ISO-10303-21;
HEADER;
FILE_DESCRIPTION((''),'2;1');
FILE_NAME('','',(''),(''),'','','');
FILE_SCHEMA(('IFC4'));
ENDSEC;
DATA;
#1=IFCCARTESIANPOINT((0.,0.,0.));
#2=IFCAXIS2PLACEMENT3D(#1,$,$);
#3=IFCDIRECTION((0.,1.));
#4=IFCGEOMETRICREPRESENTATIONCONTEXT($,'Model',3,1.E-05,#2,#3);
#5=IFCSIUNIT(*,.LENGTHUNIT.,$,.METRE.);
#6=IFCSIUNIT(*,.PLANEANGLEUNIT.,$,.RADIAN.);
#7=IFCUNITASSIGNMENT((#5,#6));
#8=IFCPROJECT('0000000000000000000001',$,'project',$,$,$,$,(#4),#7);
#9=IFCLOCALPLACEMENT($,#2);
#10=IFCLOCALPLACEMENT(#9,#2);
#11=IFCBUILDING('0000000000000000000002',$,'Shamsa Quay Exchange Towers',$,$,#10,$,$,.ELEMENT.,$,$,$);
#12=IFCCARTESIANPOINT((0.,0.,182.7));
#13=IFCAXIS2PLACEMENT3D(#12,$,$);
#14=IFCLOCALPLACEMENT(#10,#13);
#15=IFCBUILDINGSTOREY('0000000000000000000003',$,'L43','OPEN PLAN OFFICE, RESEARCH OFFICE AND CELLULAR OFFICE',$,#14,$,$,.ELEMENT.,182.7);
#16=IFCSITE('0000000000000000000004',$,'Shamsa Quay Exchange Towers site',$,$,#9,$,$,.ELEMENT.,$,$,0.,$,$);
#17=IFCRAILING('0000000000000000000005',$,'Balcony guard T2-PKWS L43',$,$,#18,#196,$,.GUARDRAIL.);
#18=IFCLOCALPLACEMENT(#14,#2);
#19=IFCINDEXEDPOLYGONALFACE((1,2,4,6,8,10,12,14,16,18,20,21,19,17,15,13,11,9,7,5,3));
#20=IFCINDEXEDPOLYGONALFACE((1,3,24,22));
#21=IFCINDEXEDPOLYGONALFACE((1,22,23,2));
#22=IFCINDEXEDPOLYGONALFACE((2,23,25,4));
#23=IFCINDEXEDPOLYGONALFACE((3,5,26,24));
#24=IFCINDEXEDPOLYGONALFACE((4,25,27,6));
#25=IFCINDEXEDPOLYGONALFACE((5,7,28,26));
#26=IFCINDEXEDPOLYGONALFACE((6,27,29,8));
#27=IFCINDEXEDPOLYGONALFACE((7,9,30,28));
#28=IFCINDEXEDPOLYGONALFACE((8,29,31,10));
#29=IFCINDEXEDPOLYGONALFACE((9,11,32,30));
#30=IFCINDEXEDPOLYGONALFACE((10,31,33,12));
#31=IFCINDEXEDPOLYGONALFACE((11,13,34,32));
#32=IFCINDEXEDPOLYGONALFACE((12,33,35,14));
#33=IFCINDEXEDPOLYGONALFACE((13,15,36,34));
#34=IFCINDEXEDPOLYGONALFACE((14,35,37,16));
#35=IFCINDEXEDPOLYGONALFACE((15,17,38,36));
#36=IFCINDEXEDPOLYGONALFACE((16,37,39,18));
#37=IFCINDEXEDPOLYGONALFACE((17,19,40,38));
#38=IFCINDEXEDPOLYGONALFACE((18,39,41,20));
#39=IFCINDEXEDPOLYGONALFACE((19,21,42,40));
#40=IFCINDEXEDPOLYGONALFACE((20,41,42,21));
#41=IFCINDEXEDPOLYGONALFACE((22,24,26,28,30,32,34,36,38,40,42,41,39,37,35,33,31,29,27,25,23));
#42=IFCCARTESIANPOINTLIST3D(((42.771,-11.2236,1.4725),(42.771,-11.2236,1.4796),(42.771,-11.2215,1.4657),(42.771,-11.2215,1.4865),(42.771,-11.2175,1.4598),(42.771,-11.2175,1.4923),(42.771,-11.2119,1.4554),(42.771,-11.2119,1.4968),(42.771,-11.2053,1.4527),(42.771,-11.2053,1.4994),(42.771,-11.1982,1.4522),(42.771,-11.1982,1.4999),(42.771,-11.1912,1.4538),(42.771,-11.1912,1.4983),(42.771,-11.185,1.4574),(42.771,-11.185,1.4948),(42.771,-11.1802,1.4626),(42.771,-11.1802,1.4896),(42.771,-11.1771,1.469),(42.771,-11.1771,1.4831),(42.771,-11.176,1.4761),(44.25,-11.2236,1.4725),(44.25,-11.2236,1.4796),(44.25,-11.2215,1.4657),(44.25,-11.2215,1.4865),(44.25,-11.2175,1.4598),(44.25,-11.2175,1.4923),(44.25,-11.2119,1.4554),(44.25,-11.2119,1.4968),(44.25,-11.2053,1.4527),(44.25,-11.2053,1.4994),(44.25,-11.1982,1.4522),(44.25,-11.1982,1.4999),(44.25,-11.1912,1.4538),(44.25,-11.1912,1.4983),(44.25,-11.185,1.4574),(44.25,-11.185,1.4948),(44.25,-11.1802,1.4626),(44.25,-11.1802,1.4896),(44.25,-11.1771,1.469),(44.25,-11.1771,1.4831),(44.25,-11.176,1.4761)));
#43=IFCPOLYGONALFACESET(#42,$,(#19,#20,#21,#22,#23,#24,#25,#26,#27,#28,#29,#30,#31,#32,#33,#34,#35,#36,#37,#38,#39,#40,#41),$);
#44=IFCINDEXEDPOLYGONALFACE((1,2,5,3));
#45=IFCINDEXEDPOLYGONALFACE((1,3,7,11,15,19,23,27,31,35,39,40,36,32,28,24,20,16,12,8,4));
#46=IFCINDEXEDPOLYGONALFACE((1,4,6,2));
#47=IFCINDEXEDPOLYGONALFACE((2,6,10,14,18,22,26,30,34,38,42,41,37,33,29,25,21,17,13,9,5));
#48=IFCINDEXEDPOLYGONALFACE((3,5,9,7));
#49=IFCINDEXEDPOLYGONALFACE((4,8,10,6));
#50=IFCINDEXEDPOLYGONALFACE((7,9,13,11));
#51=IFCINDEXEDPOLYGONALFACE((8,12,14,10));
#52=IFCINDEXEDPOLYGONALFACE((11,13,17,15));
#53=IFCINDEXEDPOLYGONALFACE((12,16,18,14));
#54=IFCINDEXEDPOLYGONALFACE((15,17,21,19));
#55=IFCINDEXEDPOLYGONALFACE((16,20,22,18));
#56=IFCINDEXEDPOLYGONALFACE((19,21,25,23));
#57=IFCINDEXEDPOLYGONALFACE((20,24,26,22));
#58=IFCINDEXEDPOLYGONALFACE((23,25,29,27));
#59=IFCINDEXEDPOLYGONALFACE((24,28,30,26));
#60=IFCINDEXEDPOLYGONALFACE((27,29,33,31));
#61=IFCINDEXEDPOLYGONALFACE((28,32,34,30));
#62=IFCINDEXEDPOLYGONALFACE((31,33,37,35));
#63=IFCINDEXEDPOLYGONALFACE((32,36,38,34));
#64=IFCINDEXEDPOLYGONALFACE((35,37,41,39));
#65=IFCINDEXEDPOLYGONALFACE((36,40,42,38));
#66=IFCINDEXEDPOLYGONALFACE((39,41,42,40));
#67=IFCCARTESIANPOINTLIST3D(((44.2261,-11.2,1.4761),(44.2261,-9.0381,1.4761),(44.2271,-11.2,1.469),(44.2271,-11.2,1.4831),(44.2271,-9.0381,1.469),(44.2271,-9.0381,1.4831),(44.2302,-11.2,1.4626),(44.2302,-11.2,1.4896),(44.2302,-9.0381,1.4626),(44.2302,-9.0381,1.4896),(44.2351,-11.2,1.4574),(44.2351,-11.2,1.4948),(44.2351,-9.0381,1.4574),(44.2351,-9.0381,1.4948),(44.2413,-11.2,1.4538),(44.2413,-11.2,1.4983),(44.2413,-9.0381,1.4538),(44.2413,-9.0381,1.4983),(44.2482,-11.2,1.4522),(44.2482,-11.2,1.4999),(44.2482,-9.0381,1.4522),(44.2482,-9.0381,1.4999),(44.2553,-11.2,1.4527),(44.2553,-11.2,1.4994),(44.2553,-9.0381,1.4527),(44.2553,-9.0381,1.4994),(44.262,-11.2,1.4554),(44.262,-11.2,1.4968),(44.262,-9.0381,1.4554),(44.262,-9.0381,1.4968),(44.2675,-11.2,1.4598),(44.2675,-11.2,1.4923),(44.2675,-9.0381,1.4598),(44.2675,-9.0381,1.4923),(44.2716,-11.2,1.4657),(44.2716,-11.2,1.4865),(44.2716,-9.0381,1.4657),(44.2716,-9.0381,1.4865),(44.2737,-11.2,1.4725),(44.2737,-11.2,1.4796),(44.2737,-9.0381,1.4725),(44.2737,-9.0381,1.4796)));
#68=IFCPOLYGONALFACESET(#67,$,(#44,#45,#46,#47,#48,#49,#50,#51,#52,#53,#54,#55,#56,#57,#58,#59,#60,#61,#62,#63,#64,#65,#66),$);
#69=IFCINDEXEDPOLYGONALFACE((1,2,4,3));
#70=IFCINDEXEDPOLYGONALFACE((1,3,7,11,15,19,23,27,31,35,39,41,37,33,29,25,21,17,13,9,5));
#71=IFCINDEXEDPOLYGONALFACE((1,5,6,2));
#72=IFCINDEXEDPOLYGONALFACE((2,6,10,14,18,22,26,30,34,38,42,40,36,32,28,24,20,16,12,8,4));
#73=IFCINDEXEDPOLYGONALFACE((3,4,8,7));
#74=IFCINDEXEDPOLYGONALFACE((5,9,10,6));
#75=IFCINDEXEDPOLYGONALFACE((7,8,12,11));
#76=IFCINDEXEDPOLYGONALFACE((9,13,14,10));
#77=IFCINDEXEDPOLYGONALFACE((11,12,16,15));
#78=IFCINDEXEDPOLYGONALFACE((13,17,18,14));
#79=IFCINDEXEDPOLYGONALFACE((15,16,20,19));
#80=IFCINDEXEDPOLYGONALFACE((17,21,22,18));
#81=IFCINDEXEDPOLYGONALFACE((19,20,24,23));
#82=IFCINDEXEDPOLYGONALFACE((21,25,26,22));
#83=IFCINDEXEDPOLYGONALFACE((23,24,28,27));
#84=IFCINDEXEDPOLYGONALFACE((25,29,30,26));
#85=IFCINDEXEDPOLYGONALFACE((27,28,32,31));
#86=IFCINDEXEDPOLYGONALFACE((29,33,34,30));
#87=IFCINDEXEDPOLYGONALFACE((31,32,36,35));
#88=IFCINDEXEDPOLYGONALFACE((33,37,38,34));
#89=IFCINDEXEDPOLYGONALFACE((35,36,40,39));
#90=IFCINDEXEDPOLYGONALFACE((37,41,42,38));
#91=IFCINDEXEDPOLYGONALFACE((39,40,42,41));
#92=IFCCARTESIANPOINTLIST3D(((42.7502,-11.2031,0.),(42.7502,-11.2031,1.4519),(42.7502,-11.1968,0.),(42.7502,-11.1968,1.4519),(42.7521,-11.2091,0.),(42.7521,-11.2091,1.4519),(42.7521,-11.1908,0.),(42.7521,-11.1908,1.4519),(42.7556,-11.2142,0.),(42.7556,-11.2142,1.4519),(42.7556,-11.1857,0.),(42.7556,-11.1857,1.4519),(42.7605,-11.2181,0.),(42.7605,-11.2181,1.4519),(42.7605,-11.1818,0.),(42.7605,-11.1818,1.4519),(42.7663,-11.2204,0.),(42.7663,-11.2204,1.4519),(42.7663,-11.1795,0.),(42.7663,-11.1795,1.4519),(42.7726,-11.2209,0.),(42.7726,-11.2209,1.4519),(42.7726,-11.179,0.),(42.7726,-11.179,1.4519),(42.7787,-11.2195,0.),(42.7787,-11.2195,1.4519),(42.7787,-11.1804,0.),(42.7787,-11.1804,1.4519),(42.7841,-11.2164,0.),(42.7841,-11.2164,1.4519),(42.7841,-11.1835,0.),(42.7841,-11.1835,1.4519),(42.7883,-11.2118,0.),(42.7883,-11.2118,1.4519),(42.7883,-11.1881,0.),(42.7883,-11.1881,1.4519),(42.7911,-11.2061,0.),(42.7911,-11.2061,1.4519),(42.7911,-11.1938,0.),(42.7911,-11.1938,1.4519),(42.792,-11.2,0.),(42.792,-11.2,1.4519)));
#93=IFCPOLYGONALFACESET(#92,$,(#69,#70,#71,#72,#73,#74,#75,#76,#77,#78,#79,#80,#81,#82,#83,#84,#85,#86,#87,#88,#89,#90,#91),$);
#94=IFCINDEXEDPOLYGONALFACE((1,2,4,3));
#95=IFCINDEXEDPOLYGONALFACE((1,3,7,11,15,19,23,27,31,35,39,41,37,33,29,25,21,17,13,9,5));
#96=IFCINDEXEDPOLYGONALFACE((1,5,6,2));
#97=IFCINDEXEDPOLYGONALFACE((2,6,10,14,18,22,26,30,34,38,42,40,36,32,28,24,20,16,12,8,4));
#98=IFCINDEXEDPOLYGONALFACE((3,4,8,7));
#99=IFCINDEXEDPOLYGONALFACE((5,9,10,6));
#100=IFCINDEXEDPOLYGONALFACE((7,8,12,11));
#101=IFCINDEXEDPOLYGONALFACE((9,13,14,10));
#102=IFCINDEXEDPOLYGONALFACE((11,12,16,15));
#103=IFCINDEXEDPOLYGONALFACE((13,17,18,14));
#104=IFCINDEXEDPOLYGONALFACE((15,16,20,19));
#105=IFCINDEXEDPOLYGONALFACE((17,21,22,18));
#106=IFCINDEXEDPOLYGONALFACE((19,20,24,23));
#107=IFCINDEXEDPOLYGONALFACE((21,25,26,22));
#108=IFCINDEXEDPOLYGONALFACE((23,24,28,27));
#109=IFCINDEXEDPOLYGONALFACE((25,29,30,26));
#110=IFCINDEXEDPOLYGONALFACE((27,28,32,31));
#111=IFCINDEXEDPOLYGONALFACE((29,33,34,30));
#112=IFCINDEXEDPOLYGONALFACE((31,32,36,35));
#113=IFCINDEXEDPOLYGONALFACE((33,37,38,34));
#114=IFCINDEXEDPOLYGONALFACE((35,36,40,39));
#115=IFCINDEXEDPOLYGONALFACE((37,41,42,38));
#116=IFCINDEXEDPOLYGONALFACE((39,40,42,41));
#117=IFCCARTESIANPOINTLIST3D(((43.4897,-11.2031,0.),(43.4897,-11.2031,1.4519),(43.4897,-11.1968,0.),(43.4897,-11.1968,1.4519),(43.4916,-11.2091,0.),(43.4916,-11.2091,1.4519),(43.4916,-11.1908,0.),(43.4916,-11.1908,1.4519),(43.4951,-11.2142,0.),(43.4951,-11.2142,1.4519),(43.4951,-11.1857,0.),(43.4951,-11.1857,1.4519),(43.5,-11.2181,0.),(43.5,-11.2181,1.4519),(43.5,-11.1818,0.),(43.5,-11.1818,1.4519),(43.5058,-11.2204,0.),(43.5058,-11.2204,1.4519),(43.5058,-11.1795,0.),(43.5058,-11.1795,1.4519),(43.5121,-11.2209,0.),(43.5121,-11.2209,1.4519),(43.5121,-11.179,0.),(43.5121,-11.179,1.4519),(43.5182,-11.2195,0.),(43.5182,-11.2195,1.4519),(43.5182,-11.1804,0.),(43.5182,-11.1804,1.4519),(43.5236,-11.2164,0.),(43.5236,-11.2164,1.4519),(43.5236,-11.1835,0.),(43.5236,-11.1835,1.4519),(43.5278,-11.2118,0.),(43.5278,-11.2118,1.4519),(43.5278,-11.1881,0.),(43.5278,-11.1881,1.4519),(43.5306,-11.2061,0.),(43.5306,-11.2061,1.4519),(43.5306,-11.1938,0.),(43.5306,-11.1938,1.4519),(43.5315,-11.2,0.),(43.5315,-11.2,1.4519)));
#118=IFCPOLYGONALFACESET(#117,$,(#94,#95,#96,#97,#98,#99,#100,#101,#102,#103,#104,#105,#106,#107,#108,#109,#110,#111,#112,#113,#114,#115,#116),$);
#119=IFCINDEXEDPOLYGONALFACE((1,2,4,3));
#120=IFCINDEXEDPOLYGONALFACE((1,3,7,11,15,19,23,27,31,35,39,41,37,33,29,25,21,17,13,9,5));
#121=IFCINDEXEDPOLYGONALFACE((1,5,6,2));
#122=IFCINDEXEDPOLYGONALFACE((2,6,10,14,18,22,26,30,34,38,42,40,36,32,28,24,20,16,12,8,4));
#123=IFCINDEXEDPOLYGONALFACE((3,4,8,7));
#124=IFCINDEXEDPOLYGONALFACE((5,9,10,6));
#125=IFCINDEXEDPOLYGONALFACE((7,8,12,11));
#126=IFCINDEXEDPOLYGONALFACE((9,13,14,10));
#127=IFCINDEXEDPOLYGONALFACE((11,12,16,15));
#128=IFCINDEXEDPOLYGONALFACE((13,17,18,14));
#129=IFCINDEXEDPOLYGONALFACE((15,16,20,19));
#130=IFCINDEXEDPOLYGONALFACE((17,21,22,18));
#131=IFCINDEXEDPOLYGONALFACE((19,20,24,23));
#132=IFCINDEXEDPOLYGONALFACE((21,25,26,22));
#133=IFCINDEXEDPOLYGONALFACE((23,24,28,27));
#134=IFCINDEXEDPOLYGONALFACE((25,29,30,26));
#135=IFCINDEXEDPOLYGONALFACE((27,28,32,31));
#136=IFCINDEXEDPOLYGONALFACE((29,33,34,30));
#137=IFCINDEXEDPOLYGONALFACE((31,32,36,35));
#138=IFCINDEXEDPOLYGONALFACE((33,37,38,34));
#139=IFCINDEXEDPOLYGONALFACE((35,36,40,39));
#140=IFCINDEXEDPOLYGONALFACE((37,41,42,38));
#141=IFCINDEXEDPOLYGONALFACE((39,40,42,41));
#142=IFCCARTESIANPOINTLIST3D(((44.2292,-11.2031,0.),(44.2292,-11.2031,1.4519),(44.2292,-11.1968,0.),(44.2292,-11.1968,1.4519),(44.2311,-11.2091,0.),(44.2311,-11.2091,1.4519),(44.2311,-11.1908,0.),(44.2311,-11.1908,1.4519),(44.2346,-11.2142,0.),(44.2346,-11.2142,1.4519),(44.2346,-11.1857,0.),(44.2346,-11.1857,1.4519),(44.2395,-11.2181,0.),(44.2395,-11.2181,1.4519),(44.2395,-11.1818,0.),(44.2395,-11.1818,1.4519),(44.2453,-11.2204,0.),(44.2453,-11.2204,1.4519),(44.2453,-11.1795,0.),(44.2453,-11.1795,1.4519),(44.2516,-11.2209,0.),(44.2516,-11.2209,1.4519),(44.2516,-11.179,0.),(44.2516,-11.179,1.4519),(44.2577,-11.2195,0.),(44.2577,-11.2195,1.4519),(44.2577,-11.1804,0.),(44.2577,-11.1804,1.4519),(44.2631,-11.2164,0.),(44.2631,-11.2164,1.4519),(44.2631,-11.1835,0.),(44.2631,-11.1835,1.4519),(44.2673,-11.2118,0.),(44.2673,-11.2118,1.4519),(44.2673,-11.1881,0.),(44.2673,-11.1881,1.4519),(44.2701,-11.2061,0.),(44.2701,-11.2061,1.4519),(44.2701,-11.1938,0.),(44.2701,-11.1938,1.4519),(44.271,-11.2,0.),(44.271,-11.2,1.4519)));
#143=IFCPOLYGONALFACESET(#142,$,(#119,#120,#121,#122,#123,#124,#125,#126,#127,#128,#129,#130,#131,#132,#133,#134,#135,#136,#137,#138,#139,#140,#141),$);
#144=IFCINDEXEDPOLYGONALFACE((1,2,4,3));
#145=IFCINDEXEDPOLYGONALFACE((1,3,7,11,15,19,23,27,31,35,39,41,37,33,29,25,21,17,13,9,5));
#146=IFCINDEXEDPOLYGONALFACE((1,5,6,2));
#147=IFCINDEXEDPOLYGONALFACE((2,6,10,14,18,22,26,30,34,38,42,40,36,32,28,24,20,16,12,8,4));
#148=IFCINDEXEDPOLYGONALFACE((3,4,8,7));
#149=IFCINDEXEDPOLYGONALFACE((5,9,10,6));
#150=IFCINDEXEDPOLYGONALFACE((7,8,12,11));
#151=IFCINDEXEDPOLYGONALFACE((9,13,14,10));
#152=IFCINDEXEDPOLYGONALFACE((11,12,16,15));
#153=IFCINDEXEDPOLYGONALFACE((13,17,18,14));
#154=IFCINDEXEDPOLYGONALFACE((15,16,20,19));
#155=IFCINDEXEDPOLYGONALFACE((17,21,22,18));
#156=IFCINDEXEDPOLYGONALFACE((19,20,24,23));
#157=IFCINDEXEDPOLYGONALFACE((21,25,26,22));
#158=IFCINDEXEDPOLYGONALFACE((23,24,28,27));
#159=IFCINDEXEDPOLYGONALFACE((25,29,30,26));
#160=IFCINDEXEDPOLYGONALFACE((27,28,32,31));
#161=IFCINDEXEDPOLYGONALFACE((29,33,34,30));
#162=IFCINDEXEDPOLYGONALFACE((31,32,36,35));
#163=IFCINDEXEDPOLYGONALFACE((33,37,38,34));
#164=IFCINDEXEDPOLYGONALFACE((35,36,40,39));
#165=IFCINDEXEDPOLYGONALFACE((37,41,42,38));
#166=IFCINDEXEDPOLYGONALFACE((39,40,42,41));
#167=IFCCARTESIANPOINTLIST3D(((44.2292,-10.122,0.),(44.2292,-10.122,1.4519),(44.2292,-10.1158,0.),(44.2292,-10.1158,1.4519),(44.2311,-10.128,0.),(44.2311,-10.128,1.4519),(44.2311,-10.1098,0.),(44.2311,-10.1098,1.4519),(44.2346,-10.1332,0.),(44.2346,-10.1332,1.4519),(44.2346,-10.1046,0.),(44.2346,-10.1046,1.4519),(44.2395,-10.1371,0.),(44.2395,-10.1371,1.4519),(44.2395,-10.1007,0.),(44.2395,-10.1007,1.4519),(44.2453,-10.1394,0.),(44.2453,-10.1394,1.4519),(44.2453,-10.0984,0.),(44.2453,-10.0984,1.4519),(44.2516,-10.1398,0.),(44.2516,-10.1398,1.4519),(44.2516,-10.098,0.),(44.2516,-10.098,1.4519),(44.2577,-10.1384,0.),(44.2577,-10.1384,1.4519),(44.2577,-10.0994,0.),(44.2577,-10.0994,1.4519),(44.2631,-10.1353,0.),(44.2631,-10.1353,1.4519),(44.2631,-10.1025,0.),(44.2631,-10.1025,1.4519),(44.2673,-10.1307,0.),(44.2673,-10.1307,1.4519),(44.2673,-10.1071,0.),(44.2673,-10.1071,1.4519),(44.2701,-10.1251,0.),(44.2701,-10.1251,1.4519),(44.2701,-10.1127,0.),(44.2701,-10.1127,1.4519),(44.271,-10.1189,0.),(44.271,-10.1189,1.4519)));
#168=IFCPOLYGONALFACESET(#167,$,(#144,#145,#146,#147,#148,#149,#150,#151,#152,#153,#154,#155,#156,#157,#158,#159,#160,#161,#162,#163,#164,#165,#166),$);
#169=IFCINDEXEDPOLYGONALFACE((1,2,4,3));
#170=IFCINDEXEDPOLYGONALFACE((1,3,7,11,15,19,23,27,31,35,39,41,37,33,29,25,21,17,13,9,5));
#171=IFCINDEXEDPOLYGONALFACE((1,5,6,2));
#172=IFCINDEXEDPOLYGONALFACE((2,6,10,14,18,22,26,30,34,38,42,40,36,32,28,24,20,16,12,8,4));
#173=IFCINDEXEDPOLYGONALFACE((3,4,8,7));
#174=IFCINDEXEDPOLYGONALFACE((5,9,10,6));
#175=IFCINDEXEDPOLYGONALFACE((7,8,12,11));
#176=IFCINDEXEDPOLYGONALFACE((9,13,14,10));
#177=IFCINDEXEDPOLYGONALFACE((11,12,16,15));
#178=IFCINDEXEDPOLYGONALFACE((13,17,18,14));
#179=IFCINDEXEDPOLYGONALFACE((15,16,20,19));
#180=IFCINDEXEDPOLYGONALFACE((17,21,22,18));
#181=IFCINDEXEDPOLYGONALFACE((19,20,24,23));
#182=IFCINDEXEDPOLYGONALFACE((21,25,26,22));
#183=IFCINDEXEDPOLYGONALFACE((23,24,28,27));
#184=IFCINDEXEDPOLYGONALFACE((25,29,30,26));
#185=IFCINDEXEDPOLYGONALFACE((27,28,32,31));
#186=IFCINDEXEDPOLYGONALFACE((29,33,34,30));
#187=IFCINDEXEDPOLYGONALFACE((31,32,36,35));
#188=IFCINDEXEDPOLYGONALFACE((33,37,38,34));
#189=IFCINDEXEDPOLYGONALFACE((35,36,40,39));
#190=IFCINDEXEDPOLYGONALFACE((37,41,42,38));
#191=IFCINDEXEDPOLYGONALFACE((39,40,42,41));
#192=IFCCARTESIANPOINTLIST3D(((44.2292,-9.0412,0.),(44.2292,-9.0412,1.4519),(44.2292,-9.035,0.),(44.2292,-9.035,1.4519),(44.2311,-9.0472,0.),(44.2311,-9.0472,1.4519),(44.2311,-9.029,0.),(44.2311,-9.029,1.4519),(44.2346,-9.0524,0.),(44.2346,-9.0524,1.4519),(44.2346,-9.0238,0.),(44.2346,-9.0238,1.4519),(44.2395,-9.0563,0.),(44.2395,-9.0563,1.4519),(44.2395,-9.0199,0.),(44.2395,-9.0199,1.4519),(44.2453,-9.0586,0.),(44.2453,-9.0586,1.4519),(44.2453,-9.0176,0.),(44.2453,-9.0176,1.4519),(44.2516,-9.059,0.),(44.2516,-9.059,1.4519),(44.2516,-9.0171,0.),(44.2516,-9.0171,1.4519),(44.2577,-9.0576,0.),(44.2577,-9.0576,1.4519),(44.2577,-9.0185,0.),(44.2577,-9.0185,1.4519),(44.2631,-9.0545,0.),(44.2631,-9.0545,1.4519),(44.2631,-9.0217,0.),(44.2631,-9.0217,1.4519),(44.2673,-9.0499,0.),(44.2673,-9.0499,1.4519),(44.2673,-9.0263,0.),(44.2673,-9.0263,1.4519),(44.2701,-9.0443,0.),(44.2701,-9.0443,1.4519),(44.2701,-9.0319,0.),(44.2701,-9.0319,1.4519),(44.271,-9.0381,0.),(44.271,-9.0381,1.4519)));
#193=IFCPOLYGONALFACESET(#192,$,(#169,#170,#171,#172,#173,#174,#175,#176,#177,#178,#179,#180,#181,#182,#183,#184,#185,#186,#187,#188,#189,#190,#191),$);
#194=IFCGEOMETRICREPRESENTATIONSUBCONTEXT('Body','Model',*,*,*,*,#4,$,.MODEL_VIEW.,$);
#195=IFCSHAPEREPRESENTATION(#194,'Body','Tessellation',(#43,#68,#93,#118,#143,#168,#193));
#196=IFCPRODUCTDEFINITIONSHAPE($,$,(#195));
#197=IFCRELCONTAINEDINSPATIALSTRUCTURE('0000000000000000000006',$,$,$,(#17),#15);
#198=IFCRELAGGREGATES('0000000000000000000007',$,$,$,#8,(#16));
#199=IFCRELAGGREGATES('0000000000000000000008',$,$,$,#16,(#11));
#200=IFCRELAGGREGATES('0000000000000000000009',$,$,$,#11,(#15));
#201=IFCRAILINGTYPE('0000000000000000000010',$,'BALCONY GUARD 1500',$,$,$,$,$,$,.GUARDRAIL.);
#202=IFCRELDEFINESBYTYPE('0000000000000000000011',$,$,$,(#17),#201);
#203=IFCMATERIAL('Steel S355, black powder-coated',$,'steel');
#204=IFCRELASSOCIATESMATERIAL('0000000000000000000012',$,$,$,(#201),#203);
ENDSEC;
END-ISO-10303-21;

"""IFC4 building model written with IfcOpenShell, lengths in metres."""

from ifc_helpers import new_model, si_unit, direction, frame, origin, origin_2d, place, context, subcontext, project, spatial, circle, extrude, material, type_object, element, save


model = new_model("IFC4")

# Units and contexts
model_context = context("Model", 3, precision=1e-05, world=origin(), true_north=direction((0.0, 1.0)))
body_context = subcontext(model_context, "Body", "Model", "MODEL_VIEW")
ifc_project = project(units=[si_unit("LENGTHUNIT", "METRE"), si_unit("PLANEANGLEUNIT", "RADIAN")], contexts=[model_context])

# Site, building, storey
site_placement = place(None, origin())
site = spatial("IfcSite", under=ifc_project, at=site_placement, Name="Shamsa Quay Exchange Towers site", CompositionType="ELEMENT", RefElevation=0.0)
building_placement = place(site_placement, origin())
building = spatial("IfcBuilding", under=site, at=building_placement, Name="Shamsa Quay Exchange Towers", CompositionType="ELEMENT")
storey_placement = place(building_placement, frame((0.0, 0.0, 182.7)))
storey = spatial("IfcBuildingStorey", under=building, at=storey_placement, Name="L43", Description="OPEN PLAN OFFICE, RESEARCH OFFICE AND CELLULAR OFFICE", CompositionType="ELEMENT", Elevation=182.7)

# Railing
ifc_material_1 = material(Name="Steel S355, black powder-coated", Category="steel")
railing_type = type_object("IfcRailingType", Name="BALCONY GUARD 1500", PredefinedType="GUARDRAIL", material=ifc_material_1)
for number, where, name in (
    (1, (42.771, -11.2, 0.0), "Balcony guard T2-PKWS L43"),
):
    element("IfcRailing", number, at=place(storey_placement, frame(where)), inside=storey, type_object=railing_type, Name=name, PredefinedType="GUARDRAIL", context=body_context, shape_type="SweptSolid", body=[
        extrude(circle(Radius=0.0239, at=origin_2d()), frame((0.0, 0.0, 1.4761), z_axis=(1.0, 0.0, 0.0), x_axis=(0.0, 1.0, 0.0)), (0.0, 0.0, 1.0), 1.479),
        extrude(circle(Radius=0.0239, at=origin_2d()), frame((1.479, 0.0, 1.4761), z_axis=(0.0, 1.0, 0.0), x_axis=(-1.0, 0.0, 0.0)), (0.0, 0.0, 1.0), 2.1619),
        extrude(circle(Radius=0.021, at=origin_2d()), origin(), (0.0, 0.0, 1.0), 1.4519),
        extrude(circle(Radius=0.021, at=origin_2d()), frame((0.7395, 0.0, 0.0)), (0.0, 0.0, 1.0), 1.4519),
        extrude(circle(Radius=0.021, at=origin_2d()), frame((1.479, 0.0, 0.0)), (0.0, 0.0, 1.0), 1.4519),
        extrude(circle(Radius=0.021, at=origin_2d()), frame((1.479, 1.0811, 0.0)), (0.0, 0.0, 1.0), 1.4519),
        extrude(circle(Radius=0.021, at=origin_2d()), frame((1.479, 2.1619, 0.0)), (0.0, 0.0, 1.0), 1.4519),
    ])

save(model, "model.ifc")
